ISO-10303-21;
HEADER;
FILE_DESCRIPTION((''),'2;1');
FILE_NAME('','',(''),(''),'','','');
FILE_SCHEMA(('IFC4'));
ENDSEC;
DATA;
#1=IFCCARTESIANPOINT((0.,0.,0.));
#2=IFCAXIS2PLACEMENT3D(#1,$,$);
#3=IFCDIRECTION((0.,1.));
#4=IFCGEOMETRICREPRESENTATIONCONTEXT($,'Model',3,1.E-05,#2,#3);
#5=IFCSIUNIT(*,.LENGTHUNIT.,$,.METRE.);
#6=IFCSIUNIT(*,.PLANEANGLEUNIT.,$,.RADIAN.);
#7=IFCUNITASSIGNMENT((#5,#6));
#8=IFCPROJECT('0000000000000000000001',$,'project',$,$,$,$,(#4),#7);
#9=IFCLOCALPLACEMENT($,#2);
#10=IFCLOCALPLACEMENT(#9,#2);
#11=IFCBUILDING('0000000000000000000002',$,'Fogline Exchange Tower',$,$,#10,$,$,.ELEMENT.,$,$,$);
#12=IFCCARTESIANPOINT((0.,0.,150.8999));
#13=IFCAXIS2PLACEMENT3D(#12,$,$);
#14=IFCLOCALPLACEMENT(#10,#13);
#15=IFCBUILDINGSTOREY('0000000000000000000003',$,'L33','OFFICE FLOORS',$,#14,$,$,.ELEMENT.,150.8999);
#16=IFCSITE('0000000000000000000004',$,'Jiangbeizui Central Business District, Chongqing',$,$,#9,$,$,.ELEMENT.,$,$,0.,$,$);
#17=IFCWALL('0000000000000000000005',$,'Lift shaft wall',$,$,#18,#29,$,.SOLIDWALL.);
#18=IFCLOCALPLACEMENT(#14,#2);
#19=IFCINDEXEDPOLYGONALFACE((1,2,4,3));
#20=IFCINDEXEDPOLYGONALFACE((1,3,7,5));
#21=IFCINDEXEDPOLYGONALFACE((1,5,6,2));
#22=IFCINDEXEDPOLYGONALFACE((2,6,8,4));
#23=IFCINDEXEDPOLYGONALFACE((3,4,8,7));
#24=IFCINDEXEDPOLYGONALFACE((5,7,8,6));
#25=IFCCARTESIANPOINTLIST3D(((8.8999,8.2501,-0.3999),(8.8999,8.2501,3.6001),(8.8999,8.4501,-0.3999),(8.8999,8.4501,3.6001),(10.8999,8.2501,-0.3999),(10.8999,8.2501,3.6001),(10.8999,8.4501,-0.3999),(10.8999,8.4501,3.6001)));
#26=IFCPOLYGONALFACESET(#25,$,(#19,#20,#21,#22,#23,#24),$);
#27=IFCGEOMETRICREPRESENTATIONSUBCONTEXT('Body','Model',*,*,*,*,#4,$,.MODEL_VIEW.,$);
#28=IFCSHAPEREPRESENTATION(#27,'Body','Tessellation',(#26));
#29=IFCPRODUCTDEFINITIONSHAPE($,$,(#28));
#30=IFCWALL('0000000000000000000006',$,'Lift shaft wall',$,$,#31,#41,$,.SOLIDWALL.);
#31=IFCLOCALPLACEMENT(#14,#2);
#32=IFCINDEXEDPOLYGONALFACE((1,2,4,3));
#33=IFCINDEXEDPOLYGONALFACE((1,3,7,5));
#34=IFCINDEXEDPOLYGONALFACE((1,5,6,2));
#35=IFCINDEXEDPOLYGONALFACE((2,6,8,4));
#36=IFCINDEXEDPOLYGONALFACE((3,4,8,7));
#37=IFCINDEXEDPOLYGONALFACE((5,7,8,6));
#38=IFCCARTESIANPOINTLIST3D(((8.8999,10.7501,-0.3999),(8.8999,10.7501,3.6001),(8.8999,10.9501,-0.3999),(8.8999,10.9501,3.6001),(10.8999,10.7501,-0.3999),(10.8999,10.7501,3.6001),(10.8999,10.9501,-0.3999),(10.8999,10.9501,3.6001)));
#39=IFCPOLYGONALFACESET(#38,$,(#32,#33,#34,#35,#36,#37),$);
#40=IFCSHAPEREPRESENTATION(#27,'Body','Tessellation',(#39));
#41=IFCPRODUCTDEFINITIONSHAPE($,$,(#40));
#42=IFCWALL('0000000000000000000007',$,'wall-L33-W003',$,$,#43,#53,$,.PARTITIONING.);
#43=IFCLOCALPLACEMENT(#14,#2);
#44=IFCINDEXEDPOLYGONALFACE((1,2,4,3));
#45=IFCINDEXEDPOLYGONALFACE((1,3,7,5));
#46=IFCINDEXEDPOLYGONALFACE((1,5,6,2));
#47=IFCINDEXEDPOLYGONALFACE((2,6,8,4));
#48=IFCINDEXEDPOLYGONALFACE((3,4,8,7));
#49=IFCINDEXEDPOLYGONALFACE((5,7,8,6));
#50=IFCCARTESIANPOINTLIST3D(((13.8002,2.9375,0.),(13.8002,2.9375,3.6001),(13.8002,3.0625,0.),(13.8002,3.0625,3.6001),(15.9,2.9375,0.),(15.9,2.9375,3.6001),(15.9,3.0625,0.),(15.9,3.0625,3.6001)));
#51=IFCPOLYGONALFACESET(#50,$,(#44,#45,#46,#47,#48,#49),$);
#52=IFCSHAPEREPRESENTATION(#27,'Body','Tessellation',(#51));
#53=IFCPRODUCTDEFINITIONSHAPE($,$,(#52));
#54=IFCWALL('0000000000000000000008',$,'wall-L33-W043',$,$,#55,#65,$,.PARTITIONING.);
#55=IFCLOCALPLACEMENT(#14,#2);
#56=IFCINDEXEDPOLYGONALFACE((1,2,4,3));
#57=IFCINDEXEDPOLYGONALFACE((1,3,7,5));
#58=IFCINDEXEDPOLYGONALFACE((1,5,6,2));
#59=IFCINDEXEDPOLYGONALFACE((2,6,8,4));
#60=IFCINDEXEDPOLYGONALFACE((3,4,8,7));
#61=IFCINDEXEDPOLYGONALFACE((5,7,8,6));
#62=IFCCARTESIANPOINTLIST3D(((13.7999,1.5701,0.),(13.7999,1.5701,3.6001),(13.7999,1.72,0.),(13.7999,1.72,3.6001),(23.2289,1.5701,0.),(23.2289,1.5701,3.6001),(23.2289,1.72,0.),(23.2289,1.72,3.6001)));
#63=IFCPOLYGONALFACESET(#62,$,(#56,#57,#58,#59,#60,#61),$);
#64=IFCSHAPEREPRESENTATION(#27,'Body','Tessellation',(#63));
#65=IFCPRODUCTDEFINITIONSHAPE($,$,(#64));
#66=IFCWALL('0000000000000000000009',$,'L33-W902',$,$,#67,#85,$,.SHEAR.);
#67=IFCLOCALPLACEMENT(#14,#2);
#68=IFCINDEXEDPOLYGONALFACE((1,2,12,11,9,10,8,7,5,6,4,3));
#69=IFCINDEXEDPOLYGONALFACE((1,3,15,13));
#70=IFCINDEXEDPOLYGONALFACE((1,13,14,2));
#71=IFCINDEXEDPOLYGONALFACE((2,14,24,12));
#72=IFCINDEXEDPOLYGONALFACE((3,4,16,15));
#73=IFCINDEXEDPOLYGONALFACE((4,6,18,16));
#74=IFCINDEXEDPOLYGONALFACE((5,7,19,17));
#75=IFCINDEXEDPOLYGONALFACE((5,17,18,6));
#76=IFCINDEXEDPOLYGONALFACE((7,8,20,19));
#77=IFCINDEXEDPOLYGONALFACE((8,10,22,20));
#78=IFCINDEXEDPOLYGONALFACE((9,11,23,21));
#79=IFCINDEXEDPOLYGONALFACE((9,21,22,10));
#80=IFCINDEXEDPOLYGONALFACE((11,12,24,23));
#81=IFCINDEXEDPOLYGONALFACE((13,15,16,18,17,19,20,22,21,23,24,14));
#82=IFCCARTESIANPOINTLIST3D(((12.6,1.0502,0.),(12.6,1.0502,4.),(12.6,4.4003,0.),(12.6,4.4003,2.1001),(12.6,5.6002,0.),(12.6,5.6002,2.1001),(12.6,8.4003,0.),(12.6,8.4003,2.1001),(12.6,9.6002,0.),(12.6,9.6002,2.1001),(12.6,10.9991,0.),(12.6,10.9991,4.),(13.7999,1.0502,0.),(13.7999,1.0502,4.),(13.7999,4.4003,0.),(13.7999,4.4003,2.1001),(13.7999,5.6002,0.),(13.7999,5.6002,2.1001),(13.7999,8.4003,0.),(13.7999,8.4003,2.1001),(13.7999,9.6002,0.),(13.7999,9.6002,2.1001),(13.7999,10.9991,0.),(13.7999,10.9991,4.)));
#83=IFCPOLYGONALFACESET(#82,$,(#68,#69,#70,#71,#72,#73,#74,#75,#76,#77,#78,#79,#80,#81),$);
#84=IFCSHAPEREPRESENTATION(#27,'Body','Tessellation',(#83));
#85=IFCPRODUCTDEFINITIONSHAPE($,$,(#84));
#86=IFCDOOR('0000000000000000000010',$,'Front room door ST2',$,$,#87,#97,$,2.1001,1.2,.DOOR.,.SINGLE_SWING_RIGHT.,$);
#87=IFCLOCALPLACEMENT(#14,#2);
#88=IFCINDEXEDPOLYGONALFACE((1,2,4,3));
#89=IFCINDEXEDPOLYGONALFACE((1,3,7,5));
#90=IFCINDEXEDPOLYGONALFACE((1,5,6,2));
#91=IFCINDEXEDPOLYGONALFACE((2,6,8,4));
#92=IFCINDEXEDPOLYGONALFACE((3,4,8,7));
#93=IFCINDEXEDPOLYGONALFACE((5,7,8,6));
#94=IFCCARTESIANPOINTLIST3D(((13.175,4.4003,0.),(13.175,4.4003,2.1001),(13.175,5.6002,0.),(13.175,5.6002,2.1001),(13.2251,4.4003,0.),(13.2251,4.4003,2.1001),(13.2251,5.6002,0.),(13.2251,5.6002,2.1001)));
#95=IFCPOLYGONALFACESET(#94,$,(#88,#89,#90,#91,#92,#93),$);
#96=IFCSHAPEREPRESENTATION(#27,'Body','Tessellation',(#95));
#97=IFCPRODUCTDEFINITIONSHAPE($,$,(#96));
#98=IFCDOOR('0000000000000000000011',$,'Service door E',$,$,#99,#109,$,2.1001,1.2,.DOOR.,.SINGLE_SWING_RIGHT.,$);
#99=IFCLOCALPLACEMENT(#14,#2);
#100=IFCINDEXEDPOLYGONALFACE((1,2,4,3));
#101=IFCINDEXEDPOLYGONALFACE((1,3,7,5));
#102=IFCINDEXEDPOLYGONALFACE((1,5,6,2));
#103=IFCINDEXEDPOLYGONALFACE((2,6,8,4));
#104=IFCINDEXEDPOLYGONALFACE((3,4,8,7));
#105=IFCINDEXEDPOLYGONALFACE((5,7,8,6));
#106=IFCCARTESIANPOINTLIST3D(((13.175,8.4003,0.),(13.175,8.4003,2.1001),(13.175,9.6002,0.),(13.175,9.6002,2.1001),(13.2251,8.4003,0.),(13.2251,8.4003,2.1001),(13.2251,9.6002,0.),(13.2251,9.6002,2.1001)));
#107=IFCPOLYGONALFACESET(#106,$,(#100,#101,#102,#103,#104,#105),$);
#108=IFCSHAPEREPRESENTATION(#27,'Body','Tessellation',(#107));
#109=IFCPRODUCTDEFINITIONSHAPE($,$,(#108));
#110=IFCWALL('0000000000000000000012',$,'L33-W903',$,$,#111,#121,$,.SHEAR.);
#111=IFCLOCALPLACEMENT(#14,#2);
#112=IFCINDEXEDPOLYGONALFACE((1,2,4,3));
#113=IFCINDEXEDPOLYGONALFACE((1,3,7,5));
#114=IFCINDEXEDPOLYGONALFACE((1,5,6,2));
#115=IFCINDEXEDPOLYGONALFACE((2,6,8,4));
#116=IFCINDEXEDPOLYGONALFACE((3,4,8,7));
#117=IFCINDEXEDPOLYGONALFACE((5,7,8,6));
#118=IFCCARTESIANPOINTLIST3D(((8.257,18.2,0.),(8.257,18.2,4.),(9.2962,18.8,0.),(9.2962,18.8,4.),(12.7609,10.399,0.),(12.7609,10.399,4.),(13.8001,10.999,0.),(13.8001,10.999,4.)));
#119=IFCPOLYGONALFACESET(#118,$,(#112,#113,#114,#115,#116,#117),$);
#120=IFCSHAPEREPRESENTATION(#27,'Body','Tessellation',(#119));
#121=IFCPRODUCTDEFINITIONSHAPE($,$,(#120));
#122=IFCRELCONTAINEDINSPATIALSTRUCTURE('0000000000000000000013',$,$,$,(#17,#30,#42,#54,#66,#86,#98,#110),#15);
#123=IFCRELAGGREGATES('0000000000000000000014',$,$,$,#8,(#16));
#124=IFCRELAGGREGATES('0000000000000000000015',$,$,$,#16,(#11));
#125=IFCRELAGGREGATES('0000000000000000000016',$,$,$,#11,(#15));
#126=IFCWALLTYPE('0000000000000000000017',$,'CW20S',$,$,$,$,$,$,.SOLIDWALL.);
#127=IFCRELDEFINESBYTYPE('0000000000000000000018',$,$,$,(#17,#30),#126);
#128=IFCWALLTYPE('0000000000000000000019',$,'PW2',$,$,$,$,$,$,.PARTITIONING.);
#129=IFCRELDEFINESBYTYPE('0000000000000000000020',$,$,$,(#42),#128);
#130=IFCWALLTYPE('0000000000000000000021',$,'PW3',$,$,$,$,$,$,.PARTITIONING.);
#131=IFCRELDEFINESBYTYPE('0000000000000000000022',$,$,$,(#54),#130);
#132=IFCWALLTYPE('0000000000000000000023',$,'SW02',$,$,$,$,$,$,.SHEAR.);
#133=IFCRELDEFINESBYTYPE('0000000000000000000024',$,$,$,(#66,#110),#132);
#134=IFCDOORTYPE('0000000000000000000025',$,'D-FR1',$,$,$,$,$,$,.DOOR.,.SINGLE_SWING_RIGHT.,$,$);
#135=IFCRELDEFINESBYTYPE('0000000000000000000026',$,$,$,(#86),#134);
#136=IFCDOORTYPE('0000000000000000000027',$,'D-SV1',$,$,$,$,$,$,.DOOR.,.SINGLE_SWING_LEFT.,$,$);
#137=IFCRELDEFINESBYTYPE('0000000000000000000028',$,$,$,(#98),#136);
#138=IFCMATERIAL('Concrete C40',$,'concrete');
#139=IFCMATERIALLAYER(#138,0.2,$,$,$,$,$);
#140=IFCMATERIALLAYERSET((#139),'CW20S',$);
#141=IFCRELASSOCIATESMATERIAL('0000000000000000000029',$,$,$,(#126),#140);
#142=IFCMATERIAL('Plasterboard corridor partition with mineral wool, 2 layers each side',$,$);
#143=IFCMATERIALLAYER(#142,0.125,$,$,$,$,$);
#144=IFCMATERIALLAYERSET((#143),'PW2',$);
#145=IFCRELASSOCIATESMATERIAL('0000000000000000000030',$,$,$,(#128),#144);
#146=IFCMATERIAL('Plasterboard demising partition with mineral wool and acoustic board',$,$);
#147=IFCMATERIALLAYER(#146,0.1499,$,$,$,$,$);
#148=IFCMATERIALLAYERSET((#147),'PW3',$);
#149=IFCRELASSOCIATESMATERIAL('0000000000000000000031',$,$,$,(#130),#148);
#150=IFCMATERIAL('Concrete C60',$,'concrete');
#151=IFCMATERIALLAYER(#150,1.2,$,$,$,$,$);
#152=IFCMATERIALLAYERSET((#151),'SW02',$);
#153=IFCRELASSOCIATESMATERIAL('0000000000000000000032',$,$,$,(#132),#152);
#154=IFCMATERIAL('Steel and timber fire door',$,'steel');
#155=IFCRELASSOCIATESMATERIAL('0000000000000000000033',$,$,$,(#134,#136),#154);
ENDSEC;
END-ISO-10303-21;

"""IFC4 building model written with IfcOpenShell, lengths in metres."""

from ifc_helpers import new_model, si_unit, direction, frame, frame_2d, origin, place, context, subcontext, project, spatial, rectangle, extrude, material, layer, layer_set, type_object, element, fill, save


model = new_model("IFC4")

# Units and contexts
model_context = context("Model", 3, precision=1e-05, world=origin(), true_north=direction((0.0, 1.0)))
body_context = subcontext(model_context, "Body", "Model", "MODEL_VIEW")
ifc_project = project(units=[si_unit("LENGTHUNIT", "METRE"), si_unit("PLANEANGLEUNIT", "RADIAN")], contexts=[model_context])

# Site, building, storey
site_placement = place(None, origin())
site = spatial("IfcSite", under=ifc_project, at=site_placement, Name="Jiangbeizui Central Business District, Chongqing", CompositionType="ELEMENT", RefElevation=0.0)
building_placement = place(site_placement, origin())
building = spatial("IfcBuilding", under=site, at=building_placement, Name="Fogline Exchange Tower", CompositionType="ELEMENT")
storey_placement = place(building_placement, frame((0.0, 0.0, 150.8999)))
storey = spatial("IfcBuildingStorey", under=building, at=storey_placement, Name="L33", Description="OFFICE FLOORS", CompositionType="ELEMENT", Elevation=150.8999)

# Shared definitions
ifc_material_1 = material(Name="Concrete C40", Category="concrete")

# Shared definitions
ifc_material_2 = material(Name="Steel and timber fire door", Category="steel")

# Walls
ifc_layer_1 = layer(ifc_material_1, 0.2)
ifc_layer_set_1 = layer_set([ifc_layer_1], Name="CW20S")
wall_type_1 = type_object("IfcWallType", Name="CW20S", PredefinedType="SOLIDWALL", material=ifc_layer_set_1)
for number, where, z_axis, x_axis, name in (
    (1, (8.8999, 8.3501, -0.3999), (0.0, 0.0, 1.0), (1.0, 0.0, 0.0), "Lift shaft wall"),
    (2, (8.8999, 10.8501, -0.3999), (0.0, 0.0, 1.0), (1.0, 0.0, 0.0), "Lift shaft wall"),
):
    element("IfcWall", number, at=place(storey_placement, frame(where, z_axis=z_axis, x_axis=x_axis)), inside=storey, type_object=wall_type_1, Name=name, PredefinedType="SOLIDWALL", context=body_context, shape_type="SweptSolid", body=[
        extrude(rectangle(XDim=2.0, YDim=0.2, at=frame_2d((1.0, 0.0))), origin(), (0.0, 0.0, 1.0), 4.0),
    ])
ifc_material_3 = material(Name="Plasterboard corridor partition with mineral wool, 2 layers each side")
ifc_layer_2 = layer(ifc_material_3, 0.125)
ifc_layer_set_2 = layer_set([ifc_layer_2], Name="PW2")
wall_type_2 = type_object("IfcWallType", Name="PW2", PredefinedType="PARTITIONING", material=ifc_layer_set_2)
wall_1_placement = place(storey_placement, frame((15.8999, 3.0, 0.0), z_axis=(0.0, 0.0, 1.0), x_axis=(-1.0, 0.0, 0.0)))
element("IfcWall", 3, at=wall_1_placement, inside=storey, type_object=wall_type_2, Name="wall-L33-W003", PredefinedType="PARTITIONING", context=body_context, shape_type="SweptSolid", body=[
    extrude(rectangle(XDim=2.0999, YDim=0.125, at=frame_2d((1.0498, 0.0))), origin(), (0.0, 0.0, 1.0), 3.6001),
])
ifc_material_4 = material(Name="Plasterboard demising partition with mineral wool and acoustic board")
ifc_layer_3 = layer(ifc_material_4, 0.1499)
ifc_layer_set_3 = layer_set([ifc_layer_3], Name="PW3")
wall_type_3 = type_object("IfcWallType", Name="PW3", PredefinedType="PARTITIONING", material=ifc_layer_set_3)
wall_2_placement = place(storey_placement, frame((13.8, 1.645, 0.0), z_axis=(0.0, 0.0, 1.0), x_axis=(1.0, 0.0, 0.0)))
element("IfcWall", 4, at=wall_2_placement, inside=storey, type_object=wall_type_3, Name="wall-L33-W043", PredefinedType="PARTITIONING", context=body_context, shape_type="SweptSolid", body=[
    extrude(rectangle(XDim=9.429, YDim=0.1499, at=frame_2d((4.7144, 0.0))), origin(), (0.0, 0.0, 1.0), 3.6001),
])

# Wall, openings, doors
ifc_material_5 = material(Name="Concrete C60", Category="concrete")
ifc_layer_4 = layer(ifc_material_5, 1.2)
ifc_layer_set_4 = layer_set([ifc_layer_4], Name="SW02")
wall_type_4 = type_object("IfcWallType", Name="SW02", PredefinedType="SHEAR", material=ifc_layer_set_4)
wall_3_placement = place(storey_placement, frame((13.2, 1.05, 0.0), z_axis=(0.0, 0.0, 1.0), x_axis=(0.0, 1.0, 0.0)))
wall_3 = element("IfcWall", 5, at=wall_3_placement, inside=storey, type_object=wall_type_4, Name="L33-W902", PredefinedType="SHEAR", context=body_context, shape_type="SweptSolid", body=[
    extrude(rectangle(XDim=9.949, YDim=1.2, at=frame_2d((4.9746, 0.0))), origin(), (0.0, 0.0, 1.0), 4.0),
])
opening_1_placement = place(wall_3_placement, frame((3.3501, 0.0, 0.0)))
opening_1 = element("IfcOpeningElement", 6, at=opening_1_placement, cuts=wall_3, PredefinedType="OPENING", context=body_context, shape_type="SweptSolid", body=[
    extrude(rectangle(XDim=1.2, YDim=2.1001, at=frame_2d((0.6001, 1.05))), frame((0.0, 0.6099, 0.0), z_axis=(0.0, -1.0, 0.0), x_axis=(1.0, 0.0, 0.0)), (0.0, 0.0, 1.0), 1.22),
])
opening_2_placement = place(wall_3_placement, frame((7.3501, 0.0, 0.0)))
opening_2 = element("IfcOpeningElement", 7, at=opening_2_placement, cuts=wall_3, PredefinedType="OPENING", context=body_context, shape_type="SweptSolid", body=[
    extrude(rectangle(XDim=1.2, YDim=2.1001, at=frame_2d((0.6001, 1.05))), frame((0.0, 0.6099, 0.0), z_axis=(0.0, -1.0, 0.0), x_axis=(1.0, 0.0, 0.0)), (0.0, 0.0, 1.0), 1.22),
])
door_type_1 = type_object("IfcDoorType", Name="D-FR1", OperationType="SINGLE_SWING_RIGHT", PredefinedType="DOOR", material=ifc_material_2)
door_1_placement = place(opening_1_placement, origin())
door_1 = element("IfcDoor", 8, at=door_1_placement, inside=storey, type_object=door_type_1, Name="Front room door ST2", OperationType="SINGLE_SWING_RIGHT", OverallHeight=2.1001, OverallWidth=1.2, PredefinedType="DOOR", context=body_context, shape_type="SweptSolid", body=[
    extrude(rectangle(XDim=1.2, YDim=2.1001, at=frame_2d((0.6001, 1.05))), frame((0.0, 0.0249, 0.0), z_axis=(0.0, -1.0, 0.0), x_axis=(1.0, 0.0, 0.0)), (0.0, 0.0, 1.0), 0.05),
])
fill(opening_1, door_1)
door_type_2 = type_object("IfcDoorType", Name="D-SV1", OperationType="SINGLE_SWING_LEFT", PredefinedType="DOOR", material=ifc_material_2)
door_2_placement = place(opening_2_placement, origin())
door_2 = element("IfcDoor", 9, at=door_2_placement, inside=storey, type_object=door_type_2, Name="Service door E", OperationType="SINGLE_SWING_RIGHT", OverallHeight=2.1001, OverallWidth=1.2, PredefinedType="DOOR", context=body_context, shape_type="SweptSolid", body=[
    extrude(rectangle(XDim=1.2, YDim=2.1001, at=frame_2d((0.6001, 1.05))), frame((0.0, 0.0249, 0.0), z_axis=(0.0, -1.0, 0.0), x_axis=(1.0, 0.0, 0.0)), (0.0, 0.0, 1.0), 0.05),
])
fill(opening_2, door_2)

# Wall
wall_4_placement = place(storey_placement, frame((13.2805, 10.699, 0.0), z_axis=(0.0, 0.0, 1.0), x_axis=(-0.499999, 0.866026, 0.0)))
element("IfcWall", 10, at=wall_4_placement, inside=storey, type_object=wall_type_4, Name="L33-W903", PredefinedType="SHEAR", context=body_context, shape_type="SweptSolid", body=[
    extrude(rectangle(XDim=9.0078, YDim=1.2, at=frame_2d((4.5039, 0.0))), origin(), (0.0, 0.0, 1.0), 4.0),
])

save(model, "model.ifc")
